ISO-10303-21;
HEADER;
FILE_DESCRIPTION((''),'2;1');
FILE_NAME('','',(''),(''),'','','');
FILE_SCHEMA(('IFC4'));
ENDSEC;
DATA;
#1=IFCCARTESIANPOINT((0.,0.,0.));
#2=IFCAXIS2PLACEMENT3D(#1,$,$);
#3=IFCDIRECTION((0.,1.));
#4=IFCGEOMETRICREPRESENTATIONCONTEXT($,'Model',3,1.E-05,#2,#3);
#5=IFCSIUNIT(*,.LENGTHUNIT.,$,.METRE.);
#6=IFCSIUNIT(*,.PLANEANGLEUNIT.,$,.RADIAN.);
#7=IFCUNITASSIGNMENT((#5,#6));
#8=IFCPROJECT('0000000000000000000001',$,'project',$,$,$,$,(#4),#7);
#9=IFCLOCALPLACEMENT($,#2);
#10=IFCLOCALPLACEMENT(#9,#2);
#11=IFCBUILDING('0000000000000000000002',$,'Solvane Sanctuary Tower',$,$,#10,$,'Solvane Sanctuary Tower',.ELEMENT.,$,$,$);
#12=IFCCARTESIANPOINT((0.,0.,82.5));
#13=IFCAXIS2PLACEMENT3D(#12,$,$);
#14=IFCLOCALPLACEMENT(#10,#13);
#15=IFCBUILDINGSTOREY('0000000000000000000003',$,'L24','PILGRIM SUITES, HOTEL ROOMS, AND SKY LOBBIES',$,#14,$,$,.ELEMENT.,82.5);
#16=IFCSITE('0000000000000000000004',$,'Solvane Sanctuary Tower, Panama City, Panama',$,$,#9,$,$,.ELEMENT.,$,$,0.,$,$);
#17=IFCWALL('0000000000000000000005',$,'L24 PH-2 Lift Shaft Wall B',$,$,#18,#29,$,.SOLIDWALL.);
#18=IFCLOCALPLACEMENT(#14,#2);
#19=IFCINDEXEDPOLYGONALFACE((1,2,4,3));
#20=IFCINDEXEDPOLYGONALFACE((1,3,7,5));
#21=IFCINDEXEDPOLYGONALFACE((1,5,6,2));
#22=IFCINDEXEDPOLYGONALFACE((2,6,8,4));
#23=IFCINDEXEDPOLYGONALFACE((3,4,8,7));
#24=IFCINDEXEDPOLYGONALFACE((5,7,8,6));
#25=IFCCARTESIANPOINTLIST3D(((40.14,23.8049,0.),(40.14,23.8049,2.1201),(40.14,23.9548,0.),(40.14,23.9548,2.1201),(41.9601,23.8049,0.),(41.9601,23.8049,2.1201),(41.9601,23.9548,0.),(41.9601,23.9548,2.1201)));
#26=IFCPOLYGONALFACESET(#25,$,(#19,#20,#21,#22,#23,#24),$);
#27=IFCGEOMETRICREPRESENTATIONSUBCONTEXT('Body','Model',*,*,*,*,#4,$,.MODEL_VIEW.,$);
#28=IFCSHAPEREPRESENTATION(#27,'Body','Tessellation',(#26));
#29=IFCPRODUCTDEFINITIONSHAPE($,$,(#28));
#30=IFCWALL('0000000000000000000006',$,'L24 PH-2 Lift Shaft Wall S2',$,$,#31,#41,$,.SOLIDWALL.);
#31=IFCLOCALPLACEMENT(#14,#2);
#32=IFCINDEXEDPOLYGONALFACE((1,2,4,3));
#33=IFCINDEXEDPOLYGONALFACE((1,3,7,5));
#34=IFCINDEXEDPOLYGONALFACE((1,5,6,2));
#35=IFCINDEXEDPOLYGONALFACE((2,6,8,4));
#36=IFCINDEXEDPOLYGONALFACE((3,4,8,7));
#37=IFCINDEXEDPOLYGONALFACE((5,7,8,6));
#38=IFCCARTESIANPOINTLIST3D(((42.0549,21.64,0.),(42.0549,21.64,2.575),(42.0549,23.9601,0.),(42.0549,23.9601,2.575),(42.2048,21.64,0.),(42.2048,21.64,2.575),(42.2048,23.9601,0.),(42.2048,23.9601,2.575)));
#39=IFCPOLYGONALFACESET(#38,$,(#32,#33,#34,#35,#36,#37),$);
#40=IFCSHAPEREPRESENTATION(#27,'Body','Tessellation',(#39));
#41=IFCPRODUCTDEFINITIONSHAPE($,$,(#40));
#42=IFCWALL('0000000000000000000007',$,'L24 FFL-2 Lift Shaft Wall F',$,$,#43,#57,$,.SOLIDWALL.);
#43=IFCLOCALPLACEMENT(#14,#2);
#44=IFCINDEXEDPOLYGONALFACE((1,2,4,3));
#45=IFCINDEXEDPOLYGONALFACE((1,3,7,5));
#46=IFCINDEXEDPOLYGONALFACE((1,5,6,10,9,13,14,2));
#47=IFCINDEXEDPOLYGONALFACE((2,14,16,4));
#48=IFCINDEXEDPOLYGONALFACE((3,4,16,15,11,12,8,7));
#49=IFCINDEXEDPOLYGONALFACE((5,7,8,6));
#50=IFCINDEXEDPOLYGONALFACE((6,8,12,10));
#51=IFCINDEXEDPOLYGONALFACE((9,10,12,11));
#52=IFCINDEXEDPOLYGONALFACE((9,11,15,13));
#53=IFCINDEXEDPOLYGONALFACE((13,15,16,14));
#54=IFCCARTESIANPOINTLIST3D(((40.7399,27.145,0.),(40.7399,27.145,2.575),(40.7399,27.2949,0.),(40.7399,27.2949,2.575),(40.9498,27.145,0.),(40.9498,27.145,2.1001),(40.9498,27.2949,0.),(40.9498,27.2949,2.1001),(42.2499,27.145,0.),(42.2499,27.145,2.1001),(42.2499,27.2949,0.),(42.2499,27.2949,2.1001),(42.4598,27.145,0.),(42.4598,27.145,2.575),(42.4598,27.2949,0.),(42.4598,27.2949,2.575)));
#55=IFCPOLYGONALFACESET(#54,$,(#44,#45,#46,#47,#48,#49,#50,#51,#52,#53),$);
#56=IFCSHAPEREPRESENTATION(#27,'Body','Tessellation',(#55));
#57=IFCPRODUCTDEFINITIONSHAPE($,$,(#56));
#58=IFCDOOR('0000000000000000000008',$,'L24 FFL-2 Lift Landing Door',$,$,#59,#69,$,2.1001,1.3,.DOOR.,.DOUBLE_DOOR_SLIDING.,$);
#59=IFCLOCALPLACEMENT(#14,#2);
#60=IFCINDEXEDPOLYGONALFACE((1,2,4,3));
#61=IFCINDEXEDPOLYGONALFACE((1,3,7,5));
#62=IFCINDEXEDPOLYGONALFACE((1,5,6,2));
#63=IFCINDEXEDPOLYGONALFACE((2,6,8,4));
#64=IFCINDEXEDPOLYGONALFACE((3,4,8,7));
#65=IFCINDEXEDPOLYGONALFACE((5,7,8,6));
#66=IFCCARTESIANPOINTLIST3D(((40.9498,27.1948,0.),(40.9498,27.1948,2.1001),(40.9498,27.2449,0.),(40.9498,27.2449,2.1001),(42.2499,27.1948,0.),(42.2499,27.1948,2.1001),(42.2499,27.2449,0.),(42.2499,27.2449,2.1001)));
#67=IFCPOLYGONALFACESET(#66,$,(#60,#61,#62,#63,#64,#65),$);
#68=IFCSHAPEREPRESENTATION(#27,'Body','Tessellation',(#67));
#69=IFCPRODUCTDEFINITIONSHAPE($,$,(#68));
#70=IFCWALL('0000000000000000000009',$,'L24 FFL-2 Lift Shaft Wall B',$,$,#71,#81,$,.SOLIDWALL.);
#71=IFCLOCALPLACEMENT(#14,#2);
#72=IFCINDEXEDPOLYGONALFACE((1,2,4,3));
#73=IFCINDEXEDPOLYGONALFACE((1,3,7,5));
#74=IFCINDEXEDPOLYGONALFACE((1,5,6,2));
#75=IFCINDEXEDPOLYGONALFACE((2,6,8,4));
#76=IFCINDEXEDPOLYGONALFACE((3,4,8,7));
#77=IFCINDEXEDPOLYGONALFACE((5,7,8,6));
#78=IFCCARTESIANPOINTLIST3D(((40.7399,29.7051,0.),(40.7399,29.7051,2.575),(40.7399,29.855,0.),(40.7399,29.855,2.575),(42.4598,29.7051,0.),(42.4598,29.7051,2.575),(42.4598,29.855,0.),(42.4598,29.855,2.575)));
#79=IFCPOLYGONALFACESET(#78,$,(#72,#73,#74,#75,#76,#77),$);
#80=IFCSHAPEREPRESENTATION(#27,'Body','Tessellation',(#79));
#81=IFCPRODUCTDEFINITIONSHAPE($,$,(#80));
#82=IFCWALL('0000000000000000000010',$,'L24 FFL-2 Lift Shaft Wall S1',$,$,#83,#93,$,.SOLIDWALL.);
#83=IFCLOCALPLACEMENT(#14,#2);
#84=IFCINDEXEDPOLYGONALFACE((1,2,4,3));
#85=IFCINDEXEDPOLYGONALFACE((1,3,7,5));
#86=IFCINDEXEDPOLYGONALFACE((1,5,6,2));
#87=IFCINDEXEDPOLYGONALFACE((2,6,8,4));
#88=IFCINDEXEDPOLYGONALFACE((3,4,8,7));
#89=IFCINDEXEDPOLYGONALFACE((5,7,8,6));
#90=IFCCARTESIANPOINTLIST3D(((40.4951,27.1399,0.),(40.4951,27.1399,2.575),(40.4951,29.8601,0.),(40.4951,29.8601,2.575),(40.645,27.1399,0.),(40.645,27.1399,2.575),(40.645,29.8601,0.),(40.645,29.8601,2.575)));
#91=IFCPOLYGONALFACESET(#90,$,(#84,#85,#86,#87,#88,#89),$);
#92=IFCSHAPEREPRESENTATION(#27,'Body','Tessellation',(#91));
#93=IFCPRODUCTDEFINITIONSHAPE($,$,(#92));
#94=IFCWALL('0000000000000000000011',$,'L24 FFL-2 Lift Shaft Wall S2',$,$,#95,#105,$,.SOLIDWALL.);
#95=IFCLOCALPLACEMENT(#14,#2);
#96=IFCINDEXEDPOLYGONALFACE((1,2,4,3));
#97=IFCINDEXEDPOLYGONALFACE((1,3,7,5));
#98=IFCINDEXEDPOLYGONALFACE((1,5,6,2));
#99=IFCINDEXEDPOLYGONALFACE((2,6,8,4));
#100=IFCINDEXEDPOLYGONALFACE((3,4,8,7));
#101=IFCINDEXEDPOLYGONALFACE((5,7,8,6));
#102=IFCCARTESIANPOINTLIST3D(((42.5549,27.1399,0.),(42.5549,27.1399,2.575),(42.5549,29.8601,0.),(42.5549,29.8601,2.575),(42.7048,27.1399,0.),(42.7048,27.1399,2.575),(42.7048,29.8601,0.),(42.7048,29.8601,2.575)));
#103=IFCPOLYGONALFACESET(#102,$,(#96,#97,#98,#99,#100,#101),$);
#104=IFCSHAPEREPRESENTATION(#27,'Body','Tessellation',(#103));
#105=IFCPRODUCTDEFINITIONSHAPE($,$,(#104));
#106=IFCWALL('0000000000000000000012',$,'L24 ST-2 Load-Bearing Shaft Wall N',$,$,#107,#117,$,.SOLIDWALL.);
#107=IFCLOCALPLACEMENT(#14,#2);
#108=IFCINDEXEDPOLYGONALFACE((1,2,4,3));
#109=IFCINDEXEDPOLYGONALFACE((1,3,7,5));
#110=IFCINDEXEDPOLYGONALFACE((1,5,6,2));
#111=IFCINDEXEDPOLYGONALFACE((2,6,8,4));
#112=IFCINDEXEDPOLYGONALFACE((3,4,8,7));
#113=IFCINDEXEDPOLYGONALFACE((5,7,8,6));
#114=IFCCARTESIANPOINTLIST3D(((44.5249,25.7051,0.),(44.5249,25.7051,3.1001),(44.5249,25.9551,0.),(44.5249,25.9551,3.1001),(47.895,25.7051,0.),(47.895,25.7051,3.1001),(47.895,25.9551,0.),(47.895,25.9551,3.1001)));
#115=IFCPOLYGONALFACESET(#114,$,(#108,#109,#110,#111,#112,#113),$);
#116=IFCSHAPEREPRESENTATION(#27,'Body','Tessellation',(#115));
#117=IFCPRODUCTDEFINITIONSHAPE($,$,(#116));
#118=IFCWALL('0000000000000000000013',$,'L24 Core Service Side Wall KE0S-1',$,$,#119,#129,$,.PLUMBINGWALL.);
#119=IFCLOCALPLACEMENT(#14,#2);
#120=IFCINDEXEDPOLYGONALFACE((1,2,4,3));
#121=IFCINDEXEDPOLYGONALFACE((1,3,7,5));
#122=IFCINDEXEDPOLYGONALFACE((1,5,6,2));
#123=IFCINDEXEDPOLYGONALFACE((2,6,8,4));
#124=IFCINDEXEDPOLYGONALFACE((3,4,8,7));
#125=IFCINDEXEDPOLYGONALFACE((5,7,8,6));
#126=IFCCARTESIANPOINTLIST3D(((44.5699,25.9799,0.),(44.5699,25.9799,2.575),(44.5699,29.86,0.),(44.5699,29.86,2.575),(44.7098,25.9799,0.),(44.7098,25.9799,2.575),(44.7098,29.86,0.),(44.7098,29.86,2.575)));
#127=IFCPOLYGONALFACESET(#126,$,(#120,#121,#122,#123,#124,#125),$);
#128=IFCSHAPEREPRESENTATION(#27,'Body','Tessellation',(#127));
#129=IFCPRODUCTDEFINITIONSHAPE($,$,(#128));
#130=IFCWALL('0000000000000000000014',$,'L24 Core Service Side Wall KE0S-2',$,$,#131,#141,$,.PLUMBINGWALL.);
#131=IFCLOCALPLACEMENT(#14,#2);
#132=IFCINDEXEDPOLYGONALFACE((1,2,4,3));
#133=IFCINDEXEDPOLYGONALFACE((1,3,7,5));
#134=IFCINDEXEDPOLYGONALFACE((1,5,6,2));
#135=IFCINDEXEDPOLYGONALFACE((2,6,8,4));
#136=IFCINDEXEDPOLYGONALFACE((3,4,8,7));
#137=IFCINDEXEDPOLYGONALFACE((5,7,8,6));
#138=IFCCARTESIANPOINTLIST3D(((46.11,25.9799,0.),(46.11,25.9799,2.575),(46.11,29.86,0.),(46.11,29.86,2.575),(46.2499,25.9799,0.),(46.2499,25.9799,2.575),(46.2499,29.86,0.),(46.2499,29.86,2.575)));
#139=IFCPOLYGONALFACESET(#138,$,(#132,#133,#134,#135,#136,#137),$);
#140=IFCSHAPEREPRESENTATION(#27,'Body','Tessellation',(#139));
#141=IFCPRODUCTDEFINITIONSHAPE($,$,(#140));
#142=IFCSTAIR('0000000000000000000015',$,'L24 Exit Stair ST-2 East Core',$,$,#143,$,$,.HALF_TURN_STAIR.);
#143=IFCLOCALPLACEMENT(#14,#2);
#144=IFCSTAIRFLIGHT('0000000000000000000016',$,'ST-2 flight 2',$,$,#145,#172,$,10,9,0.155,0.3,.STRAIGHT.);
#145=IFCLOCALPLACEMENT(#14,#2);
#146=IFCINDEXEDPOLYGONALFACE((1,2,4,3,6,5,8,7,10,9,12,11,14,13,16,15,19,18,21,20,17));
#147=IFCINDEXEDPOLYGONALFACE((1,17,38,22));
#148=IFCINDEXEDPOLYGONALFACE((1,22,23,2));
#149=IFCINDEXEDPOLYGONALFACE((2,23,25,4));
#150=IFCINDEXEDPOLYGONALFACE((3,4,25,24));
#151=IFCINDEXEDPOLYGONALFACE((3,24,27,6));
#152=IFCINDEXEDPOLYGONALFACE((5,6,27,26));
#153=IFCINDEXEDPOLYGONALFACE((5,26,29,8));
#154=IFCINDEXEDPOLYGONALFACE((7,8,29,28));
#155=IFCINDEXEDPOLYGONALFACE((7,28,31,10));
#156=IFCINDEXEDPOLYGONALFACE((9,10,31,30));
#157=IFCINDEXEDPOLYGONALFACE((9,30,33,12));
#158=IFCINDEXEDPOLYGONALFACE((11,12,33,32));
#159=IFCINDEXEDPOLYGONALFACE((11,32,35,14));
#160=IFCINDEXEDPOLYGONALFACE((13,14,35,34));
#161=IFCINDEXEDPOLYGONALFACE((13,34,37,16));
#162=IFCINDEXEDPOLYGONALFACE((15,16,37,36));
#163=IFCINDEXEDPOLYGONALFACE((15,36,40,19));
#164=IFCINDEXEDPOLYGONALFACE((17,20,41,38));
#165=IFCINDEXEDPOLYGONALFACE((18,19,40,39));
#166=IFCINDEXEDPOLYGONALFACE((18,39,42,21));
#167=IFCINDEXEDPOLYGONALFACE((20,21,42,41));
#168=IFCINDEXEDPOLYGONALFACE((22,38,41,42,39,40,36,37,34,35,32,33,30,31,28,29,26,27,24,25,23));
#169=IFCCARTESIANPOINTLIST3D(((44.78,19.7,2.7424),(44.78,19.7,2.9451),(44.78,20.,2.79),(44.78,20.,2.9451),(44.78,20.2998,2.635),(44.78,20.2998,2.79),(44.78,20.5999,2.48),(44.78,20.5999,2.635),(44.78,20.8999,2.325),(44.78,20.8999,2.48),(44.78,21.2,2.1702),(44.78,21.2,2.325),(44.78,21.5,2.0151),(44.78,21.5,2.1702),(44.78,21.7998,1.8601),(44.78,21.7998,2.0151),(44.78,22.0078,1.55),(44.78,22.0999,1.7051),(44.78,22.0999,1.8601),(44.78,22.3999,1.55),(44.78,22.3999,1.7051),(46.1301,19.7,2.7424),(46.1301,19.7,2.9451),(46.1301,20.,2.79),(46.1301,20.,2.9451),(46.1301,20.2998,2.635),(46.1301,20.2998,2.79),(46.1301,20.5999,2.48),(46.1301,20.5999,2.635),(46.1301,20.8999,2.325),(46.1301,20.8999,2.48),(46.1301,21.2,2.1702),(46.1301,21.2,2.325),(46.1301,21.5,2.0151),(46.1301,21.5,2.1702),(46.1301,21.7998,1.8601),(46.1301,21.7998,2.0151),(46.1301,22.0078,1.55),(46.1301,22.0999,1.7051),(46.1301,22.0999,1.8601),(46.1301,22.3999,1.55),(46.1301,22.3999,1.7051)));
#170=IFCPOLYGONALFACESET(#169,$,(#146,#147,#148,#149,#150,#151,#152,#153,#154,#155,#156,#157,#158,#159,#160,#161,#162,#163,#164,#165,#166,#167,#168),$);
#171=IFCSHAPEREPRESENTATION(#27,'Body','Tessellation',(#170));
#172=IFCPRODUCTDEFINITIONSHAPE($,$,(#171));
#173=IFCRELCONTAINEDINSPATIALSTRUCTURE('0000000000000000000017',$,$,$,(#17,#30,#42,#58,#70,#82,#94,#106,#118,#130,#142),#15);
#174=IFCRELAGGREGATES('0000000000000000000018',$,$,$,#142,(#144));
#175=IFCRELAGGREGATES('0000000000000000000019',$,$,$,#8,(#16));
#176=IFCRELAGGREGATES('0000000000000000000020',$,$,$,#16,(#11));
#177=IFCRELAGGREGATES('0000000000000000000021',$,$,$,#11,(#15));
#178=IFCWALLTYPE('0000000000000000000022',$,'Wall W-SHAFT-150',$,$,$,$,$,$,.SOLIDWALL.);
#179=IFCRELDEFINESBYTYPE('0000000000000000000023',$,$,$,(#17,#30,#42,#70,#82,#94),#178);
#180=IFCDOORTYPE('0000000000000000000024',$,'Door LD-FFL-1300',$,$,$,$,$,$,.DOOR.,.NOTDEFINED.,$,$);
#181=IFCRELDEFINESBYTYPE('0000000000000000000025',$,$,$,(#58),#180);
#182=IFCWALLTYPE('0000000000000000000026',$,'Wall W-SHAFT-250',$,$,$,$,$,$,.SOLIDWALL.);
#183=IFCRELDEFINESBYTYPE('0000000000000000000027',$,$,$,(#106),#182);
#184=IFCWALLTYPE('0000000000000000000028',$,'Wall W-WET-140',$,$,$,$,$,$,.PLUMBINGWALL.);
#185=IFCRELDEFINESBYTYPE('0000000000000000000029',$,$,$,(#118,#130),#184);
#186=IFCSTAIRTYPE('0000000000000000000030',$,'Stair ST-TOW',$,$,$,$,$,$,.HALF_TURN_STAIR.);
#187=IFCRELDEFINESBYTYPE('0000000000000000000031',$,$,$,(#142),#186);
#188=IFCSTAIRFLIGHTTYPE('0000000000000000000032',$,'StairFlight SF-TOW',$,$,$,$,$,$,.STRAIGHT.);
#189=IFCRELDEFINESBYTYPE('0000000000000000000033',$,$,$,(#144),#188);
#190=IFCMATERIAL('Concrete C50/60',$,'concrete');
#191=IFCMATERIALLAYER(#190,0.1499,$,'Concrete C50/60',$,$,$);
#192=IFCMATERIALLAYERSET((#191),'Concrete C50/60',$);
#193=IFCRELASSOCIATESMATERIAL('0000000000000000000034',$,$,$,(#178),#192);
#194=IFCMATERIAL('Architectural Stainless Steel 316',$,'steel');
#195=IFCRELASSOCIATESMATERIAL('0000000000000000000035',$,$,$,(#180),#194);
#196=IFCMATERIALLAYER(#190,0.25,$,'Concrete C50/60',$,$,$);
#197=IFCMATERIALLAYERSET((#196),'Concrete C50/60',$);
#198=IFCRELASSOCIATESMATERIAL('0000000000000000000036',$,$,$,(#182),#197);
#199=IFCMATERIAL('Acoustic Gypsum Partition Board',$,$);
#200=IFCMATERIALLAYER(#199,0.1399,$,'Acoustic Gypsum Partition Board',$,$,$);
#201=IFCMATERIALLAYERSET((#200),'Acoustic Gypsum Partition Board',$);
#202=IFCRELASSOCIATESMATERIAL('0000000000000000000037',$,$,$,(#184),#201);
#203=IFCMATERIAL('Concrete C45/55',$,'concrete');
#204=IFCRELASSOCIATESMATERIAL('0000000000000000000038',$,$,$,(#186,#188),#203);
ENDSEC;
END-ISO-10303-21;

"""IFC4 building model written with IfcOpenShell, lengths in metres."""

from ifc_helpers import new_model, si_unit, direction, frame, frame_2d, origin, place, context, subcontext, project, spatial, polyline, rectangle, outline, extrude, material, layer, layer_set, type_object, element, fill, aggregate, save


model = new_model("IFC4")

# Units and contexts
model_context = context("Model", 3, precision=1e-05, world=origin(), true_north=direction((0.0, 1.0)))
body_context = subcontext(model_context, "Body", "Model", "MODEL_VIEW")
ifc_project = project(units=[si_unit("LENGTHUNIT", "METRE"), si_unit("PLANEANGLEUNIT", "RADIAN")], contexts=[model_context])

# Site, building, storey
site_placement = place(None, origin())
site = spatial("IfcSite", under=ifc_project, at=site_placement, Name="Solvane Sanctuary Tower, Panama City, Panama", CompositionType="ELEMENT", RefElevation=0.0)
building_placement = place(site_placement, origin())
building = spatial("IfcBuilding", under=site, at=building_placement, Name="Solvane Sanctuary Tower", LongName="Solvane Sanctuary Tower", CompositionType="ELEMENT")
storey_placement = place(building_placement, frame((0.0, 0.0, 82.5)))
storey = spatial("IfcBuildingStorey", under=building, at=storey_placement, Name="L24", Description="PILGRIM SUITES, HOTEL ROOMS, AND SKY LOBBIES", CompositionType="ELEMENT", Elevation=82.5)

# Shared definitions
ifc_material_1 = material(Name="Acoustic Gypsum Partition Board")

# Walls
ifc_material_2 = material(Name="Concrete C50/60", Category="concrete")
ifc_layer_1 = layer(ifc_material_2, 0.1499, Name="Concrete C50/60")
ifc_layer_set_1 = layer_set([ifc_layer_1], Name="Concrete C50/60")
wall_type_1 = type_object("IfcWallType", Name="Wall W-SHAFT-150", PredefinedType="SOLIDWALL", material=ifc_layer_set_1)
wall_1_placement = place(storey_placement, frame((40.1399, 23.8799, 0.0), z_axis=(0.0, 0.0, 1.0), x_axis=(1.0, 0.0, 0.0)))
element("IfcWall", 1, at=wall_1_placement, inside=storey, type_object=wall_type_1, Name="L24 PH-2 Lift Shaft Wall B", PredefinedType="SOLIDWALL", context=body_context, shape_type="SweptSolid", body=[
    extrude(rectangle(XDim=1.8201, YDim=0.1499, at=frame_2d((0.9102, 0.0))), origin(), (0.0, 0.0, 1.0), 2.1201),
])
wall_2_placement = place(storey_placement, frame((42.1299, 21.6399, 0.0), z_axis=(0.0, 0.0, 1.0), x_axis=(0.0, 1.0, 0.0)))
element("IfcWall", 2, at=wall_2_placement, inside=storey, type_object=wall_type_1, Name="L24 PH-2 Lift Shaft Wall S2", PredefinedType="SOLIDWALL", context=body_context, shape_type="SweptSolid", body=[
    extrude(rectangle(XDim=2.3201, YDim=0.1499, at=frame_2d((1.1602, 0.0))), origin(), (0.0, 0.0, 1.0), 2.575),
])

# Wall, opening, door
wall_3_placement = place(storey_placement, frame((40.74, 27.22, 0.0), z_axis=(0.0, 0.0, 1.0), x_axis=(1.0, 0.0, 0.0)))
wall_3 = element("IfcWall", 3, at=wall_3_placement, inside=storey, type_object=wall_type_1, Name="L24 FFL-2 Lift Shaft Wall F", PredefinedType="SOLIDWALL", context=body_context, shape_type="SweptSolid", body=[
    extrude(rectangle(XDim=1.72, YDim=0.1499, at=frame_2d((0.8599, 0.0))), origin(), (0.0, 0.0, 1.0), 2.575),
])
opening_1_placement = place(wall_3_placement, frame((0.21, 0.0, 0.0)))
opening_1 = element("IfcOpeningElement", 4, at=opening_1_placement, cuts=wall_3, PredefinedType="OPENING", context=body_context, shape_type="SweptSolid", body=[
    extrude(rectangle(XDim=1.3, YDim=2.1001, at=frame_2d((0.6499, 1.05))), frame((0.0, 0.085, 0.0), z_axis=(0.0, -1.0, 0.0), x_axis=(1.0, 0.0, 0.0)), (0.0, 0.0, 1.0), 0.1699),
])
ifc_material_3 = material(Name="Architectural Stainless Steel 316", Category="steel")
door_type_1 = type_object("IfcDoorType", Name="Door LD-FFL-1300", OperationType="NOTDEFINED", PredefinedType="DOOR", material=ifc_material_3)
door_1_placement = place(opening_1_placement, origin())
door_1 = element("IfcDoor", 5, at=door_1_placement, inside=storey, type_object=door_type_1, Name="L24 FFL-2 Lift Landing Door", OperationType="DOUBLE_DOOR_SLIDING", OverallHeight=2.1001, OverallWidth=1.3, PredefinedType="DOOR", context=body_context, shape_type="SweptSolid", body=[
    extrude(rectangle(XDim=1.3, YDim=2.1001, at=frame_2d((0.6499, 1.05))), frame((0.0, 0.0249, 0.0), z_axis=(0.0, -1.0, 0.0), x_axis=(1.0, 0.0, 0.0)), (0.0, 0.0, 1.0), 0.05),
])
fill(opening_1, door_1)

# Walls
wall_4_placement = place(storey_placement, frame((40.74, 29.78, 0.0), z_axis=(0.0, 0.0, 1.0), x_axis=(1.0, 0.0, 0.0)))
element("IfcWall", 6, at=wall_4_placement, inside=storey, type_object=wall_type_1, Name="L24 FFL-2 Lift Shaft Wall B", PredefinedType="SOLIDWALL", context=body_context, shape_type="SweptSolid", body=[
    extrude(rectangle(XDim=1.72, YDim=0.1499, at=frame_2d((0.8599, 0.0))), origin(), (0.0, 0.0, 1.0), 2.575),
])
for number, where, z_axis, x_axis, name in (
    (7, (40.5701, 27.1399, 0.0), (0.0, 0.0, 1.0), (0.0, 1.0, 0.0), "L24 FFL-2 Lift Shaft Wall S1"),
    (8, (42.6299, 27.1399, 0.0), (0.0, 0.0, 1.0), (0.0, 1.0, 0.0), "L24 FFL-2 Lift Shaft Wall S2"),
):
    element("IfcWall", number, at=place(storey_placement, frame(where, z_axis=z_axis, x_axis=x_axis)), inside=storey, type_object=wall_type_1, Name=name, PredefinedType="SOLIDWALL", context=body_context, shape_type="SweptSolid", body=[
        extrude(rectangle(XDim=2.7202, YDim=0.1499, at=frame_2d((1.3601, 0.0))), origin(), (0.0, 0.0, 1.0), 2.575),
    ])
ifc_layer_2 = layer(ifc_material_2, 0.25, Name="Concrete C50/60")
ifc_layer_set_2 = layer_set([ifc_layer_2], Name="Concrete C50/60")
wall_type_2 = type_object("IfcWallType", Name="Wall W-SHAFT-250", PredefinedType="SOLIDWALL", material=ifc_layer_set_2)
wall_5_placement = place(storey_placement, frame((44.5249, 25.8301, 0.0), z_axis=(0.0, 0.0, 1.0), x_axis=(1.0, 0.0, 0.0)))
element("IfcWall", 9, at=wall_5_placement, inside=storey, type_object=wall_type_2, Name="L24 ST-2 Load-Bearing Shaft Wall N", PredefinedType="SOLIDWALL", context=body_context, shape_type="SweptSolid", body=[
    extrude(rectangle(XDim=3.3701, YDim=0.25, at=frame_2d((1.6851, 0.0))), origin(), (0.0, 0.0, 1.0), 3.1001),
])
ifc_layer_3 = layer(ifc_material_1, 0.1399, Name="Acoustic Gypsum Partition Board")
ifc_layer_set_3 = layer_set([ifc_layer_3], Name="Acoustic Gypsum Partition Board")
wall_type_3 = type_object("IfcWallType", Name="Wall W-WET-140", PredefinedType="PLUMBINGWALL", material=ifc_layer_set_3)
for number, where, z_axis, x_axis, name in (
    (10, (44.6399, 25.98, 0.0), (0.0, 0.0, 1.0), (0.0, 1.0, 0.0), "L24 Core Service Side Wall KE0S-1"),
    (11, (46.1799, 25.98, 0.0), (0.0, 0.0, 1.0), (0.0, 1.0, 0.0), "L24 Core Service Side Wall KE0S-2"),
):
    element("IfcWall", number, at=place(storey_placement, frame(where, z_axis=z_axis, x_axis=x_axis)), inside=storey, type_object=wall_type_3, Name=name, PredefinedType="PLUMBINGWALL", context=body_context, shape_type="SweptSolid", body=[
        extrude(rectangle(XDim=3.8801, YDim=0.1399, at=frame_2d((1.9399, 0.0))), origin(), (0.0, 0.0, 1.0), 2.575),
    ])

# Stair, stair flight
ifc_material_4 = material(Name="Concrete C45/55", Category="concrete")
stair_type = type_object("IfcStairType", Name="Stair ST-TOW", PredefinedType="HALF_TURN_STAIR", material=ifc_material_4)
stair_placement = place(storey_placement, origin())
stair = element("IfcStair", 12, at=stair_placement, inside=storey, type_object=stair_type, Name="L24 Exit Stair ST-2 East Core", PredefinedType="HALF_TURN_STAIR")
stair_flight_type = type_object("IfcStairFlightType", Name="StairFlight SF-TOW", PredefinedType="STRAIGHT", material=ifc_material_4)
stair_flight_placement = place(storey_placement, frame((45.4551, 22.3999, 1.55), z_axis=(0.0, 0.0, 1.0), x_axis=(0.0, -1.0, 0.0)))
stair_flight = element("IfcStairFlight", 13, at=stair_flight_placement, type_object=stair_flight_type, Name="ST-2 flight 2", NumberOfRisers=10, NumberOfTreads=9, PredefinedType="STRAIGHT", RiserHeight=0.155, TreadLength=0.3, context=body_context, shape_type="SweptSolid", body=[
    extrude(outline(polyline([(0.0, 0.0), (0.0, 0.155), (0.3, 0.155), (0.3, 0.3101), (0.6001, 0.3101), (0.6001, 0.4651), (0.8999, 0.4651), (0.8999, 0.6201), (1.2, 0.6201), (1.2, 0.7749), (1.5, 0.7749), (1.5, 0.9299), (1.8, 0.9299), (1.8, 1.085), (2.1001, 1.085), (2.1001, 1.24), (2.3999, 1.24), (2.3999, 1.395), (2.7, 1.395), (2.7, 1.55), (2.7, 1.1924), (0.3921, 0.0), (0.0, 0.0)])), frame((0.0, 0.675, 0.0), z_axis=(0.0, -1.0, 0.0), x_axis=(1.0, 0.0, 0.0)), (0.0, 0.0, 1.0), 1.3501),
])
aggregate(stair, [stair_flight])

save(model, "model.ifc")
